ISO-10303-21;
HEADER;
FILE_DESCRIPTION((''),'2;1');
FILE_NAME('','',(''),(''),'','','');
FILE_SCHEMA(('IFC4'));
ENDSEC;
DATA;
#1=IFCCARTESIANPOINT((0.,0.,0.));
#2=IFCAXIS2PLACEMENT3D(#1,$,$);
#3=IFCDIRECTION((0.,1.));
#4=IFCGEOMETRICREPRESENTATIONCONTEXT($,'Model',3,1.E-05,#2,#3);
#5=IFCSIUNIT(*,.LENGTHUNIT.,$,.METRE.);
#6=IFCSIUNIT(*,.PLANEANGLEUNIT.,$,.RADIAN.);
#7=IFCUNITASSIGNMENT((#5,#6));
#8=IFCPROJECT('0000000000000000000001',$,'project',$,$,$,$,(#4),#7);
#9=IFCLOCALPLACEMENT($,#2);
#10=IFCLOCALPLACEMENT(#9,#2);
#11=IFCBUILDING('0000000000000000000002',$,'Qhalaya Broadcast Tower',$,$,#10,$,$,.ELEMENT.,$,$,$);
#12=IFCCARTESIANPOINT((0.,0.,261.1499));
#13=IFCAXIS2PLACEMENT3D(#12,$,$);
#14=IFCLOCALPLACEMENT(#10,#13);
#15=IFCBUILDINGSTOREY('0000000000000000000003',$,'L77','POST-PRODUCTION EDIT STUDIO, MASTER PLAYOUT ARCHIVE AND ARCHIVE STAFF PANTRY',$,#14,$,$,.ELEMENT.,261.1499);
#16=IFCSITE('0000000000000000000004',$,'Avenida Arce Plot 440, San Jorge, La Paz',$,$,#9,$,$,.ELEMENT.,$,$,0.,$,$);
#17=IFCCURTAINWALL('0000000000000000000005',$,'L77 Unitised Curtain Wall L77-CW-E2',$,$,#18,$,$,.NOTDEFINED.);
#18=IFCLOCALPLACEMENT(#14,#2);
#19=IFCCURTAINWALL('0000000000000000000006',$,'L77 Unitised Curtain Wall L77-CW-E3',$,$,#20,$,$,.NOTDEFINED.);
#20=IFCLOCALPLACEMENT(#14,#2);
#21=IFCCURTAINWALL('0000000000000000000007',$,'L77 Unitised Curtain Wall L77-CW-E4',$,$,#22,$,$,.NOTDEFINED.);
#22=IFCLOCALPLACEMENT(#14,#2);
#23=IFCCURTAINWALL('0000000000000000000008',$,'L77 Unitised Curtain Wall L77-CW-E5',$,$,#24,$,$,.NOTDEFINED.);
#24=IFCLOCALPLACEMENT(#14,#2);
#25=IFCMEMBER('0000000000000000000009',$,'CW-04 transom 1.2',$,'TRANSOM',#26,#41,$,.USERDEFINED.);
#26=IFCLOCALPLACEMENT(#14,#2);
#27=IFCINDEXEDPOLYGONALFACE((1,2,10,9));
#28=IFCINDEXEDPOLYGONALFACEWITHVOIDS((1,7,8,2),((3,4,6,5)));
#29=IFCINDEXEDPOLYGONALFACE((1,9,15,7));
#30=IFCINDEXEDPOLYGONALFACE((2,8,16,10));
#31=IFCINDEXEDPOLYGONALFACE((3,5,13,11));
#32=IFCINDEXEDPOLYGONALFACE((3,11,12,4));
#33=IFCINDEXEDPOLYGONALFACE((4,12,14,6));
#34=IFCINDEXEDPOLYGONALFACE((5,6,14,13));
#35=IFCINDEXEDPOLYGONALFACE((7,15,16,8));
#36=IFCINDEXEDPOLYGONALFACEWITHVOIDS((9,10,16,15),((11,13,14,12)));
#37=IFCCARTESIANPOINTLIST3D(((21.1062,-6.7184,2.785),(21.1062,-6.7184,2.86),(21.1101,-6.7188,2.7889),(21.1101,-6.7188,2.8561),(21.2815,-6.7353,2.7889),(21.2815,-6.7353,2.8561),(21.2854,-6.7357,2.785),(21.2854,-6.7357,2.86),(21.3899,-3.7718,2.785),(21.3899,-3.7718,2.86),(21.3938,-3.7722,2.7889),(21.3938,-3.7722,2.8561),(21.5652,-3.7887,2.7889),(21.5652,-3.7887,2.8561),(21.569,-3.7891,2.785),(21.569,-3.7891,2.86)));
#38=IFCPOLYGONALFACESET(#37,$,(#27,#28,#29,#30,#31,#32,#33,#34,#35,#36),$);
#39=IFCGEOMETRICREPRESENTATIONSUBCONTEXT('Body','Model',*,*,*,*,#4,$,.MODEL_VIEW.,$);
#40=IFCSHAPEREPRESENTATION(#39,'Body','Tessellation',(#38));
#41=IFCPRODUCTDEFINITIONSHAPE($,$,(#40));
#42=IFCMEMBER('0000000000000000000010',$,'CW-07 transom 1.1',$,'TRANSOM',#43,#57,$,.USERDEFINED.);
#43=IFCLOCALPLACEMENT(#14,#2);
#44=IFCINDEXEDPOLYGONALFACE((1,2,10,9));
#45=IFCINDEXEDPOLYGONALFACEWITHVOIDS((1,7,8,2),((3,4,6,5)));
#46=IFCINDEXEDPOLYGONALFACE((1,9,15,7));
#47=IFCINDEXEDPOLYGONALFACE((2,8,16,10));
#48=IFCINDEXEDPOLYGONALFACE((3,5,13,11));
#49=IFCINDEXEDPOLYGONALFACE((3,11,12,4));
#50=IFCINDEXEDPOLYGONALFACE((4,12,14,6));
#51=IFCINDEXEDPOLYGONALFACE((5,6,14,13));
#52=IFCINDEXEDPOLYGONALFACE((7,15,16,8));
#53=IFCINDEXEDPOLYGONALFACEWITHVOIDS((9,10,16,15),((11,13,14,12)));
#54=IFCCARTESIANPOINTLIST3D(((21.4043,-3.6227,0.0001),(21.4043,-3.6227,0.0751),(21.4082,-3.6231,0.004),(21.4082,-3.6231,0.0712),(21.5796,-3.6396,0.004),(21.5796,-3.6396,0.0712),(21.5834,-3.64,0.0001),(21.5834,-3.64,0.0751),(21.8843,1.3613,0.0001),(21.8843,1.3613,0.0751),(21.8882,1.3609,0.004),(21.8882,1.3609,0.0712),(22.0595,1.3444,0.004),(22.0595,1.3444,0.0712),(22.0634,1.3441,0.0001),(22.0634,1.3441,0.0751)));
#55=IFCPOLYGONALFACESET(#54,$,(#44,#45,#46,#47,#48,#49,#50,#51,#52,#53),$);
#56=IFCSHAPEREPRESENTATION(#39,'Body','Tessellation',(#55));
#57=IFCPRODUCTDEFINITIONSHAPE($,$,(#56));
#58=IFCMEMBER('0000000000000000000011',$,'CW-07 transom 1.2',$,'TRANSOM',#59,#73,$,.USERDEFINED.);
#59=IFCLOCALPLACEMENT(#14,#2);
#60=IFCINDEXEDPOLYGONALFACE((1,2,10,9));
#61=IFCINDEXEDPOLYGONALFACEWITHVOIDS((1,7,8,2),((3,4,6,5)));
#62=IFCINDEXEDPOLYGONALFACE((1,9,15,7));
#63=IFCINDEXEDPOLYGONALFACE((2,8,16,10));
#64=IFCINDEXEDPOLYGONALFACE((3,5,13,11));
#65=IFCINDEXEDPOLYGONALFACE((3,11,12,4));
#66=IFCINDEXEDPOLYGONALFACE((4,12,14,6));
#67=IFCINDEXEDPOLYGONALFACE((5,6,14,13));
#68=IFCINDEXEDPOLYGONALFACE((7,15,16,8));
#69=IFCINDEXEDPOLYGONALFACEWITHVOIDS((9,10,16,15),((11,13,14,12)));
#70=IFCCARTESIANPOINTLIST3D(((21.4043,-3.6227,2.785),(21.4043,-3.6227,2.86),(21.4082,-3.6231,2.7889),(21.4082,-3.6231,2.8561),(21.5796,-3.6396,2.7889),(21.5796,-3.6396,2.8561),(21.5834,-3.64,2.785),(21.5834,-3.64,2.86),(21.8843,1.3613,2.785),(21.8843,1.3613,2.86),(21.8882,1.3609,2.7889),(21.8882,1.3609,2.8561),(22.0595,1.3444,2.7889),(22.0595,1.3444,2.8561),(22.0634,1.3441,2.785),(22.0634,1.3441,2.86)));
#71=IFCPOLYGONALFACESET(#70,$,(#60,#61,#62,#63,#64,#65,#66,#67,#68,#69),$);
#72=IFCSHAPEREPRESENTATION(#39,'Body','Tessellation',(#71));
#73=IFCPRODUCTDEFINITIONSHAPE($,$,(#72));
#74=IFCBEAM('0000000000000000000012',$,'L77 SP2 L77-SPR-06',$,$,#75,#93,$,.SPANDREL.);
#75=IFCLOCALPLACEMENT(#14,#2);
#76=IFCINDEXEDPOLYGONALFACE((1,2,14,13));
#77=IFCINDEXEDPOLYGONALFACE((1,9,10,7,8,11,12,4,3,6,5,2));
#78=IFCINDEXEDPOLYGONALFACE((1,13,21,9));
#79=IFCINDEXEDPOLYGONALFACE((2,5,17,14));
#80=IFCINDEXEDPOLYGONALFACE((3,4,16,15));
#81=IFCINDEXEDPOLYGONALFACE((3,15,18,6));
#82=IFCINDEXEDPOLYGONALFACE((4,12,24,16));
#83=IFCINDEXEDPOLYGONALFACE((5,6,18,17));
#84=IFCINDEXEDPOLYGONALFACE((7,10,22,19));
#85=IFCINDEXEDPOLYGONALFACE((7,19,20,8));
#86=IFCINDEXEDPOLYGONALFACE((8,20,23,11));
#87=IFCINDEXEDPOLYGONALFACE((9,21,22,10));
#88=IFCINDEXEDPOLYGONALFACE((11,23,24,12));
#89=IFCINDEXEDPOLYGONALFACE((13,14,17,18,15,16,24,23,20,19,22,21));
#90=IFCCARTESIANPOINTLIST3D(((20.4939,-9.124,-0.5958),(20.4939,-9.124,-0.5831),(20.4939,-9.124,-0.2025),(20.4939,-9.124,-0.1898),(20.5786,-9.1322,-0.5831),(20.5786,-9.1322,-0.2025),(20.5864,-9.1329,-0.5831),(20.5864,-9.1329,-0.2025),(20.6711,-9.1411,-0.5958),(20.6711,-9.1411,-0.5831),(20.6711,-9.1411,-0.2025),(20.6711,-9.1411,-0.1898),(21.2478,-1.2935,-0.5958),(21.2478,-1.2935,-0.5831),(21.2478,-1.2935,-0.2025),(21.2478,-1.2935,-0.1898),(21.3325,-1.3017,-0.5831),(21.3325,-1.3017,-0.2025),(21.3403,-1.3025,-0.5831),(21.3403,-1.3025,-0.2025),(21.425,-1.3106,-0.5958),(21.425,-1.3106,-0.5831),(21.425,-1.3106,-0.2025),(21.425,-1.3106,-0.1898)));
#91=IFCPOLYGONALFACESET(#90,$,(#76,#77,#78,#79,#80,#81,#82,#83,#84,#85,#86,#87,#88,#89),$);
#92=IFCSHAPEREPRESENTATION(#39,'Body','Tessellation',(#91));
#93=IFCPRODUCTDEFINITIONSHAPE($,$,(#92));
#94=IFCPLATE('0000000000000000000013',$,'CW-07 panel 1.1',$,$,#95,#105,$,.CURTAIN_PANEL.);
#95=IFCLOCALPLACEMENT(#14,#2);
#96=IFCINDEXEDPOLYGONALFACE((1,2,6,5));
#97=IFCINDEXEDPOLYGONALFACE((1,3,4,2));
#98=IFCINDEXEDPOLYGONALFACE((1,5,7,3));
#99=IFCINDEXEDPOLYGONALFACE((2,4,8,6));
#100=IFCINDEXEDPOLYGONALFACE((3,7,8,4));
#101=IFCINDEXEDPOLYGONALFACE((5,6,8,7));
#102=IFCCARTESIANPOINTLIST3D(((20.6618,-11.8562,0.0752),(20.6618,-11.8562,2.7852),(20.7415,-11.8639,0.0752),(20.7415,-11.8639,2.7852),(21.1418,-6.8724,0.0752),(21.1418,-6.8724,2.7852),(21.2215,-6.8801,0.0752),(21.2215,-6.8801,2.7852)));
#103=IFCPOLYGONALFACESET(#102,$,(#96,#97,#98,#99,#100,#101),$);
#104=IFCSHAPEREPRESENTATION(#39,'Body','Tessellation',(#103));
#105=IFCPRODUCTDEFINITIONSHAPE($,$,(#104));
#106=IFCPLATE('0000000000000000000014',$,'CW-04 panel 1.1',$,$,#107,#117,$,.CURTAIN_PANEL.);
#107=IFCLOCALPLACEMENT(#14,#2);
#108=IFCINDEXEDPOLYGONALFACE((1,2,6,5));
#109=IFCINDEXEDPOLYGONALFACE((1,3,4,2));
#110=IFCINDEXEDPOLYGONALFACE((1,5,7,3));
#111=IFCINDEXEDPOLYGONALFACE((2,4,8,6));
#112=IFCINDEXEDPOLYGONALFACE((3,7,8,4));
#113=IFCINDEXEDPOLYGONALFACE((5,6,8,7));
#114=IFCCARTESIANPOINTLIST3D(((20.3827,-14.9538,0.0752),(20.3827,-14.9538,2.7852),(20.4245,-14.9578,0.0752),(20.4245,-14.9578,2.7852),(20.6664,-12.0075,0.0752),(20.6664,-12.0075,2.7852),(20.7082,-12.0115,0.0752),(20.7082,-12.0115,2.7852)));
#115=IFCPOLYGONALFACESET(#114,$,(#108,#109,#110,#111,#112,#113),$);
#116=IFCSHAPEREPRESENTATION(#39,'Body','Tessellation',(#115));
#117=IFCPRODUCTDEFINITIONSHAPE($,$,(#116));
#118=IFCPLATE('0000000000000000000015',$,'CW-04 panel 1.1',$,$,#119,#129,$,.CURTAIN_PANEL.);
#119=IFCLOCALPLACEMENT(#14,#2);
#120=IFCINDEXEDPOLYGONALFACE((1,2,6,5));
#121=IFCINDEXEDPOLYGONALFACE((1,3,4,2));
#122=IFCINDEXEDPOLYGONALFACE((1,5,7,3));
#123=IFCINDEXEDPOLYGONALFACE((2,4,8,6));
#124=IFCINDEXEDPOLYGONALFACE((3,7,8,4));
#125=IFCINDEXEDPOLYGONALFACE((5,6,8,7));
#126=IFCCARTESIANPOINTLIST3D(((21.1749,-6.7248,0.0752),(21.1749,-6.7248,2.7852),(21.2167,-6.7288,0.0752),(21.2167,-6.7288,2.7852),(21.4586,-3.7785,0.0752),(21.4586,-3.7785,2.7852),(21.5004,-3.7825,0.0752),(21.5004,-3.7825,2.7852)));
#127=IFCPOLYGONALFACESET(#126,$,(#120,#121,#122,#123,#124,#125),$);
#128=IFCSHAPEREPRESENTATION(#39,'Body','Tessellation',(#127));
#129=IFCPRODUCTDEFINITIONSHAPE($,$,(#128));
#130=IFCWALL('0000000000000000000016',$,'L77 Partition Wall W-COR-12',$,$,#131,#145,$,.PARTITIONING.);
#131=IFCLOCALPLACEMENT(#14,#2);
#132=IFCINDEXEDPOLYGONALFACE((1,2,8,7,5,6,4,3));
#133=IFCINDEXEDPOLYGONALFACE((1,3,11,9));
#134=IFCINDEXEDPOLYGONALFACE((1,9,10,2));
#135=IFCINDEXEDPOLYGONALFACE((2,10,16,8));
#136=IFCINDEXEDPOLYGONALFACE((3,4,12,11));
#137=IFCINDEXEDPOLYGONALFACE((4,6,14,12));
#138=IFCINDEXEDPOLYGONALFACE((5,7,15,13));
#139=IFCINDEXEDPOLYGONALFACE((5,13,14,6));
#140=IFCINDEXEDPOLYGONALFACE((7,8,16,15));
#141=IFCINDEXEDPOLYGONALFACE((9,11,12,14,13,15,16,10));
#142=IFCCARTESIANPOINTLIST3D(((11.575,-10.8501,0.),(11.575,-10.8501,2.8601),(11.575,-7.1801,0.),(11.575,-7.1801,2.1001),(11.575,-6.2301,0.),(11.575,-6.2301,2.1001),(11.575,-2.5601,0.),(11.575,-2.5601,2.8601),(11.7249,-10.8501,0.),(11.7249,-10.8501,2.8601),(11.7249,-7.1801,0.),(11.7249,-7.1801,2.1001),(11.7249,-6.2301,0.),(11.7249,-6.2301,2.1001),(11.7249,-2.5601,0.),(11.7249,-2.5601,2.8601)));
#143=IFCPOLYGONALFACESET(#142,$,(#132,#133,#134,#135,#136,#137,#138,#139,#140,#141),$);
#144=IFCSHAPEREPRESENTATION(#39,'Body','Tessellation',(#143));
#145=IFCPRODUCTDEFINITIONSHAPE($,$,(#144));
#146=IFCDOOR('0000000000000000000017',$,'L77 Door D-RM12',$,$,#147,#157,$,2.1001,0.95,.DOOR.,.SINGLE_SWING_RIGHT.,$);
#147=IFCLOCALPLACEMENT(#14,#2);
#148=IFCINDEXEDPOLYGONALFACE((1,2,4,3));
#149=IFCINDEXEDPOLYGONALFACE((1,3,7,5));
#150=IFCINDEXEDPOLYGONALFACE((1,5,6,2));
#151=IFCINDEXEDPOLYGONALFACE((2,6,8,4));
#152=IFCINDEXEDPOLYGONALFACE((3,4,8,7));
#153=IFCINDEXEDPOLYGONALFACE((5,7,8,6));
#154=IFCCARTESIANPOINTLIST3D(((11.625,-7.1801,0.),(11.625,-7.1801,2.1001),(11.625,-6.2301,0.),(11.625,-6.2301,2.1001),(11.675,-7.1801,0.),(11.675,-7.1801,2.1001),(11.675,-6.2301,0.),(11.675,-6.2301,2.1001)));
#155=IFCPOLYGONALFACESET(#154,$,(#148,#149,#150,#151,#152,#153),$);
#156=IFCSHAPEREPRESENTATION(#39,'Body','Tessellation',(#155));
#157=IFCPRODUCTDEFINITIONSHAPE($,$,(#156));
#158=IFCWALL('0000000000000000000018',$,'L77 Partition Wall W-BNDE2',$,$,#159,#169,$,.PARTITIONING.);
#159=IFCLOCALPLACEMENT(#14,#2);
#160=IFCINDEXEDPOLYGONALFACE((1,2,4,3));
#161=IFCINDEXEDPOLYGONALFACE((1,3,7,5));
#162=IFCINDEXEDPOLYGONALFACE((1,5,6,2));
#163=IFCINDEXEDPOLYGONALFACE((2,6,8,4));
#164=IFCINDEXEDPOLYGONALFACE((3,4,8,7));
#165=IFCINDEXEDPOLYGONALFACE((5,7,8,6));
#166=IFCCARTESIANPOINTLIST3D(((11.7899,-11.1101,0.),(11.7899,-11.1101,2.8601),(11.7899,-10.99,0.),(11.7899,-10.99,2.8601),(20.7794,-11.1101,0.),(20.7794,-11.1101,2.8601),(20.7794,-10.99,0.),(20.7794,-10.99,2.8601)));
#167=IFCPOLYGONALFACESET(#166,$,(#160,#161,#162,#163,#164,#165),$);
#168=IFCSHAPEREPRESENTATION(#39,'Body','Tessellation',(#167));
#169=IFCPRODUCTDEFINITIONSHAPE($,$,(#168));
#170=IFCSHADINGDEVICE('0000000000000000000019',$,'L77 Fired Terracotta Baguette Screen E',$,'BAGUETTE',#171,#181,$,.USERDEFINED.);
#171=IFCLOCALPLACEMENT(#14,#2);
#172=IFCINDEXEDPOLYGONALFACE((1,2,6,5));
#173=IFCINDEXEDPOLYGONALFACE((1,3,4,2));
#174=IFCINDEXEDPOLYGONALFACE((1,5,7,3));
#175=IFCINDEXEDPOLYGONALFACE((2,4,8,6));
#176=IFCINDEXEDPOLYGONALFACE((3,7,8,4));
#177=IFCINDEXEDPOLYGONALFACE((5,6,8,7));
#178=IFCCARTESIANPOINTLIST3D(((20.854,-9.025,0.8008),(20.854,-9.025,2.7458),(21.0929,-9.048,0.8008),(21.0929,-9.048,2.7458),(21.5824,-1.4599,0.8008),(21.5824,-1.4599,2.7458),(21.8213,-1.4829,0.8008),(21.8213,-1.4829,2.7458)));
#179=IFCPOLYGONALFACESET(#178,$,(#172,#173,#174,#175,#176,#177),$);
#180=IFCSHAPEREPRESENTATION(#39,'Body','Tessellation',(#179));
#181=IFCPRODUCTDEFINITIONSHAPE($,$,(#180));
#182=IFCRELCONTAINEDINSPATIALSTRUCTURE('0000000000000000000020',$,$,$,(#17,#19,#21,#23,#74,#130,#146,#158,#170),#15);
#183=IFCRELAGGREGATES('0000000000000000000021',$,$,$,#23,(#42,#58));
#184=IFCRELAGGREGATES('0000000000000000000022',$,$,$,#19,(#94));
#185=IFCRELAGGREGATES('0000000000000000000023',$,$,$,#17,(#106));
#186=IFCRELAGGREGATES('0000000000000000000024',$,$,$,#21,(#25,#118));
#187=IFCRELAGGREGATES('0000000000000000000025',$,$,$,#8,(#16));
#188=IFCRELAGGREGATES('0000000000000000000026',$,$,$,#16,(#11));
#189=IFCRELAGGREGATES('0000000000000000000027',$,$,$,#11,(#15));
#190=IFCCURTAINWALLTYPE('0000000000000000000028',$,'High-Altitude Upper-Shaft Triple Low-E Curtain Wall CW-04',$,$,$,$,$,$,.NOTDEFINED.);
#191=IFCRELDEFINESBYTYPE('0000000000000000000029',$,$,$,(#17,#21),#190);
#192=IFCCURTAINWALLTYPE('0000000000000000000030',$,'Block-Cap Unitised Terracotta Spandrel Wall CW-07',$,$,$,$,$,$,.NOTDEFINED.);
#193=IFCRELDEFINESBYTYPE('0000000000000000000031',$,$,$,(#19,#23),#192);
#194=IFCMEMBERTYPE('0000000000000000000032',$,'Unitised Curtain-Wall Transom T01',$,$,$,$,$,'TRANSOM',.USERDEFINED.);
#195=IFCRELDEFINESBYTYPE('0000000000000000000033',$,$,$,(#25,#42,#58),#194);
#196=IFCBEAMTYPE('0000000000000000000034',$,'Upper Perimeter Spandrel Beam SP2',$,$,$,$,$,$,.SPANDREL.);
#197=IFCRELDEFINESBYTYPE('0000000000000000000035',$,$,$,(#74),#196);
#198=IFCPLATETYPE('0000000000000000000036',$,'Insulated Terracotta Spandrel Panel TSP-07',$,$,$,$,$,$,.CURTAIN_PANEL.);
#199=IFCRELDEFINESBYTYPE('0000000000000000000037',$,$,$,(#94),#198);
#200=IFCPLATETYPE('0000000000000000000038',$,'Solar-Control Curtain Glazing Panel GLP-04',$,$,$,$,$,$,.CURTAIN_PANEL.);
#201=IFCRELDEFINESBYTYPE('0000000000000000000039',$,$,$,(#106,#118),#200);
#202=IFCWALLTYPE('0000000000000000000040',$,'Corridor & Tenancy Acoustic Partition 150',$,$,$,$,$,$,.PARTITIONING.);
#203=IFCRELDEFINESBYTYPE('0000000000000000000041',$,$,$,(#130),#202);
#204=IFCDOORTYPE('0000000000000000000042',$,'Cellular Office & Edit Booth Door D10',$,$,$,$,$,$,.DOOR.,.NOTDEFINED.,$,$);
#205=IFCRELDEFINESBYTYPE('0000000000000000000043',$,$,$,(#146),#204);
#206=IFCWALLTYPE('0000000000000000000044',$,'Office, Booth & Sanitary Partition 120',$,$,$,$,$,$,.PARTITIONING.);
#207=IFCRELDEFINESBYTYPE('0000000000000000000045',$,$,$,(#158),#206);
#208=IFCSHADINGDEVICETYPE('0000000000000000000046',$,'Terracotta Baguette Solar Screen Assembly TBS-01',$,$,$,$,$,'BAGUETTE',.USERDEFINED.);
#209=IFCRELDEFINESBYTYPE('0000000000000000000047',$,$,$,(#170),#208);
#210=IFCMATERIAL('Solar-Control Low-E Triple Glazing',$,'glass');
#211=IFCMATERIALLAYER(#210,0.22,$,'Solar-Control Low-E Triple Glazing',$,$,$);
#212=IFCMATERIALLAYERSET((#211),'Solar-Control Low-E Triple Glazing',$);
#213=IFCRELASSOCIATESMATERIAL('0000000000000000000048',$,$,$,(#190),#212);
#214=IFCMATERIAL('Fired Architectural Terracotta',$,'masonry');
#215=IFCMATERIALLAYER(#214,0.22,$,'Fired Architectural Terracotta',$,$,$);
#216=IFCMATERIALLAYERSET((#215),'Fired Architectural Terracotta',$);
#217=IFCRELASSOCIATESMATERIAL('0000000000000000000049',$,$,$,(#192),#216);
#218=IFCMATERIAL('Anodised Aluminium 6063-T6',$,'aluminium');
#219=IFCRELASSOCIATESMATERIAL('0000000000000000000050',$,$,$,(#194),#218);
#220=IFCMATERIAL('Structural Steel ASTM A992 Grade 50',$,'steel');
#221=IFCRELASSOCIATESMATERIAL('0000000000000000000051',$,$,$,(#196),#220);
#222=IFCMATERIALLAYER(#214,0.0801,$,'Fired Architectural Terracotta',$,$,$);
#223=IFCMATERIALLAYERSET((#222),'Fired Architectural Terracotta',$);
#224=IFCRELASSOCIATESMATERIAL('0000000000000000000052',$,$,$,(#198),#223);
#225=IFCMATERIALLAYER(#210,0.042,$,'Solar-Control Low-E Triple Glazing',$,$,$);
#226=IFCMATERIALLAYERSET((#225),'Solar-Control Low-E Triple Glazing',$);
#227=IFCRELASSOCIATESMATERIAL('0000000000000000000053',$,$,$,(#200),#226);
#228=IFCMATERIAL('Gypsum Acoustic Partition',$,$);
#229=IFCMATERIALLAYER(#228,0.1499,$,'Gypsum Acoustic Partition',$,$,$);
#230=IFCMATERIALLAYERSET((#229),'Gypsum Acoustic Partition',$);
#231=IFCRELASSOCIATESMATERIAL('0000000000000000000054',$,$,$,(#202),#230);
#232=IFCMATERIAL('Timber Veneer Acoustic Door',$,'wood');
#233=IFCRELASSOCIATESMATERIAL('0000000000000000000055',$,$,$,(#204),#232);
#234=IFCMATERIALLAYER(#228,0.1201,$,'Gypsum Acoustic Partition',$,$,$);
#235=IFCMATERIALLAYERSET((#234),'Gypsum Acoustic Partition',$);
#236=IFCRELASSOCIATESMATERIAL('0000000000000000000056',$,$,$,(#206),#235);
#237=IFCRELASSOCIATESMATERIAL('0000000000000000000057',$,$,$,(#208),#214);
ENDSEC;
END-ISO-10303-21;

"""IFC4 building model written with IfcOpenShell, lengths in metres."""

from ifc_helpers import new_model, si_unit, direction, frame, frame_2d, origin, origin_2d, place, context, subcontext, project, spatial, rectangle, hollow_rectangle, i_section, extrude, material, layer, layer_set, material_profile, profile_set, type_object, element, fill, aggregate, save


model = new_model("IFC4")

# Units and contexts
model_context = context("Model", 3, precision=1e-05, world=origin(), true_north=direction((0.0, 1.0)))
body_context = subcontext(model_context, "Body", "Model", "MODEL_VIEW")
ifc_project = project(units=[si_unit("LENGTHUNIT", "METRE"), si_unit("PLANEANGLEUNIT", "RADIAN")], contexts=[model_context])

# Site, building, storey
site_placement = place(None, origin())
site = spatial("IfcSite", under=ifc_project, at=site_placement, Name="Avenida Arce Plot 440, San Jorge, La Paz", CompositionType="ELEMENT", RefElevation=0.0)
building_placement = place(site_placement, origin())
building = spatial("IfcBuilding", under=site, at=building_placement, Name="Qhalaya Broadcast Tower", CompositionType="ELEMENT")
storey_placement = place(building_placement, frame((0.0, 0.0, 261.1499)))
storey = spatial("IfcBuildingStorey", under=building, at=storey_placement, Name="L77", Description="POST-PRODUCTION EDIT STUDIO, MASTER PLAYOUT ARCHIVE AND ARCHIVE STAFF PANTRY", CompositionType="ELEMENT", Elevation=261.1499)

# Curtain wall
ifc_material_1 = material(Name="Solar-Control Low-E Triple Glazing", Category="glass")
ifc_layer_1 = layer(ifc_material_1, 0.22, Name="Solar-Control Low-E Triple Glazing")
ifc_layer_set_1 = layer_set([ifc_layer_1], Name="Solar-Control Low-E Triple Glazing")
curtain_wall_type_1 = type_object("IfcCurtainWallType", Name="High-Altitude Upper-Shaft Triple Low-E Curtain Wall CW-04", PredefinedType="NOTDEFINED", material=ifc_layer_set_1)
curtain_wall_1_placement = place(storey_placement, origin())
curtain_wall_1 = element("IfcCurtainWall", 1, at=curtain_wall_1_placement, inside=storey, type_object=curtain_wall_type_1, Name="L77 Unitised Curtain Wall L77-CW-E2", PredefinedType="NOTDEFINED")
ifc_material_2 = material(Name="Anodised Aluminium 6063-T6", Category="aluminium")

# Curtain walls
ifc_material_3 = material(Name="Fired Architectural Terracotta", Category="masonry")
ifc_layer_2 = layer(ifc_material_3, 0.22, Name="Fired Architectural Terracotta")
ifc_layer_set_2 = layer_set([ifc_layer_2], Name="Fired Architectural Terracotta")
curtain_wall_type_2 = type_object("IfcCurtainWallType", Name="Block-Cap Unitised Terracotta Spandrel Wall CW-07", PredefinedType="NOTDEFINED", material=ifc_layer_set_2)
curtain_wall_2_placement = place(storey_placement, origin())
curtain_wall_2 = element("IfcCurtainWall", 2, at=curtain_wall_2_placement, inside=storey, type_object=curtain_wall_type_2, Name="L77 Unitised Curtain Wall L77-CW-E3", PredefinedType="NOTDEFINED")
curtain_wall_3_placement = place(storey_placement, origin())
curtain_wall_3 = element("IfcCurtainWall", 3, at=curtain_wall_3_placement, inside=storey, type_object=curtain_wall_type_1, Name="L77 Unitised Curtain Wall L77-CW-E4", PredefinedType="NOTDEFINED")

# Curtain wall
curtain_wall_4_placement = place(storey_placement, origin())
curtain_wall_4 = element("IfcCurtainWall", 4, at=curtain_wall_4_placement, inside=storey, type_object=curtain_wall_type_2, Name="L77 Unitised Curtain Wall L77-CW-E5", PredefinedType="NOTDEFINED")

# Members
ifc_material_profile_1 = material_profile(ifc_material_2, hollow_rectangle(XDim=0.075, YDim=0.1799, WallThickness=0.0039, at=origin_2d()), Name="ALU-TRN 75x180x4")
ifc_profile_set_1 = profile_set([ifc_material_profile_1], Name="Anodised Aluminium 6063-T6")
member_type_1 = type_object("IfcMemberType", Name="Unitised Curtain-Wall Transom T01", ElementType="TRANSOM", PredefinedType="USERDEFINED", material=ifc_profile_set_1)
member_1_placement = place(storey_placement, frame((21.1958, -6.7271, 2.8225), z_axis=(0.095837, 0.995397, 0.0), x_axis=(0.0, 0.0, 1.0)))
member_1 = element("IfcMember", 5, at=member_1_placement, type_object=member_type_1, Name="CW-04 transom 1.2", ObjectType="TRANSOM", PredefinedType="USERDEFINED", context=body_context, shape_type="SweptSolid", body=[
    extrude(hollow_rectangle(XDim=0.075, YDim=0.1799, WallThickness=0.0039, at=origin_2d()), origin(), (0.0, 0.0, 1.0), 2.9602),
])
member_2_placement = place(storey_placement, frame((21.4939, -3.6313, 0.0376), z_axis=(0.095858, 0.995395, 0.0), x_axis=(0.0, 0.0, 1.0)))
member_2 = element("IfcMember", 6, at=member_2_placement, type_object=member_type_1, Name="CW-07 transom 1.1", ObjectType="TRANSOM", PredefinedType="USERDEFINED", context=body_context, shape_type="SweptSolid", body=[
    extrude(hollow_rectangle(XDim=0.075, YDim=0.1799, WallThickness=0.0039, at=origin_2d()), origin(), (0.0, 0.0, 1.0), 5.0071),
])
member_3_placement = place(storey_placement, frame((21.4939, -3.6313, 2.8225), z_axis=(0.095858, 0.995395, 0.0), x_axis=(0.0, 0.0, 1.0)))
member_3 = element("IfcMember", 7, at=member_3_placement, type_object=member_type_1, Name="CW-07 transom 1.2", ObjectType="TRANSOM", PredefinedType="USERDEFINED", context=body_context, shape_type="SweptSolid", body=[
    extrude(hollow_rectangle(XDim=0.075, YDim=0.1799, WallThickness=0.0039, at=origin_2d()), origin(), (0.0, 0.0, 1.0), 5.0071),
])
aggregate(curtain_wall_4, [member_2, member_3])

# Beam
ifc_material_4 = material(Name="Structural Steel ASTM A992 Grade 50", Category="steel")
ifc_material_profile_2 = material_profile(ifc_material_4, i_section(OverallWidth=0.178, OverallDepth=0.406, WebThickness=0.0078, FlangeThickness=0.0127, at=origin_2d()), Name="W16X40")
ifc_profile_set_2 = profile_set([ifc_material_profile_2], Name="Structural Steel ASTM A992 Grade 50")
beam_type = type_object("IfcBeamType", Name="Upper Perimeter Spandrel Beam SP2", PredefinedType="SPANDREL", material=ifc_profile_set_2)
beam_placement = place(storey_placement, frame((20.5825, -9.1326, -0.3928), z_axis=(0.095834, 0.995397, 0.0), x_axis=(-0.995397, 0.095834, 0.0)))
element("IfcBeam", 8, at=beam_placement, inside=storey, type_object=beam_type, Name="L77 SP2 L77-SPR-06", PredefinedType="SPANDREL", context=body_context, shape_type="SweptSolid", body=[
    extrude(i_section(OverallWidth=0.178, OverallDepth=0.406, WebThickness=0.0078, FlangeThickness=0.0127, at=origin_2d()), origin(), (0.0, 0.0, 1.0), 7.8667),
])

# Plates
ifc_layer_3 = layer(ifc_material_3, 0.0801, Name="Fired Architectural Terracotta")
ifc_layer_set_3 = layer_set([ifc_layer_3], Name="Fired Architectural Terracotta")
plate_type_1 = type_object("IfcPlateType", Name="Insulated Terracotta Spandrel Panel TSP-07", PredefinedType="CURTAIN_PANEL", material=ifc_layer_set_3)
plate_1_placement = place(storey_placement, frame((20.9417, -9.3682, 0.0752), z_axis=(0.0, 0.0, 1.0), x_axis=(0.095851, 0.995396, 0.0)))
plate_1 = element("IfcPlate", 9, at=plate_1_placement, type_object=plate_type_1, Name="CW-07 panel 1.1", PredefinedType="CURTAIN_PANEL", context=body_context, shape_type="SweptSolid", body=[
    extrude(rectangle(XDim=5.0068, YDim=0.0801, at=origin_2d()), origin(), (0.0, 0.0, 1.0), 2.71),
])
aggregate(curtain_wall_2, [plate_1])
ifc_layer_4 = layer(ifc_material_1, 0.042, Name="Solar-Control Low-E Triple Glazing")
ifc_layer_set_4 = layer_set([ifc_layer_4], Name="Solar-Control Low-E Triple Glazing")
plate_type_2 = type_object("IfcPlateType", Name="Solar-Control Curtain Glazing Panel GLP-04", PredefinedType="CURTAIN_PANEL", material=ifc_layer_set_4)
plate_2_placement = place(storey_placement, frame((20.5454, -13.4827, 0.0752), z_axis=(0.0, 0.0, 1.0), x_axis=(0.095851, 0.995396, 0.0)))
plate_2 = element("IfcPlate", 10, at=plate_2_placement, type_object=plate_type_2, Name="CW-04 panel 1.1", PredefinedType="CURTAIN_PANEL", context=body_context, shape_type="SweptSolid", body=[
    extrude(rectangle(XDim=2.96, YDim=0.042, at=origin_2d()), origin(), (0.0, 0.0, 1.0), 2.71),
])
aggregate(curtain_wall_1, [plate_2])
plate_3_placement = place(storey_placement, frame((21.3376, -5.2537, 0.0752), z_axis=(0.0, 0.0, 1.0), x_axis=(0.09582, 0.995399, 0.0)))
plate_3 = element("IfcPlate", 11, at=plate_3_placement, type_object=plate_type_2, Name="CW-04 panel 1.1", PredefinedType="CURTAIN_PANEL", context=body_context, shape_type="SweptSolid", body=[
    extrude(rectangle(XDim=2.96, YDim=0.042, at=origin_2d()), origin(), (0.0, 0.0, 1.0), 2.71),
])
aggregate(curtain_wall_3, [member_1, plate_3])

# Wall, opening, door
ifc_material_5 = material(Name="Gypsum Acoustic Partition")
ifc_layer_5 = layer(ifc_material_5, 0.1499, Name="Gypsum Acoustic Partition")
ifc_layer_set_5 = layer_set([ifc_layer_5], Name="Gypsum Acoustic Partition")
wall_type_1 = type_object("IfcWallType", Name="Corridor & Tenancy Acoustic Partition 150", PredefinedType="PARTITIONING", material=ifc_layer_set_5)
wall_1_placement = place(storey_placement, frame((11.6499, -10.8501, 0.0), z_axis=(0.0, 0.0, 1.0), x_axis=(0.0, 1.0, 0.0)))
wall_1 = element("IfcWall", 12, at=wall_1_placement, inside=storey, type_object=wall_type_1, Name="L77 Partition Wall W-COR-12", PredefinedType="PARTITIONING", context=body_context, shape_type="SweptSolid", body=[
    extrude(rectangle(XDim=8.29, YDim=0.1499, at=frame_2d((4.145, 0.0))), origin(), (0.0, 0.0, 1.0), 2.8601),
])
opening_placement = place(wall_1_placement, frame((3.6699, 0.0, 0.0)))
opening = element("IfcOpeningElement", 13, at=opening_placement, cuts=wall_1, PredefinedType="OPENING", context=body_context, shape_type="SweptSolid", body=[
    extrude(rectangle(XDim=0.95, YDim=2.1001, at=frame_2d((0.4751, 1.05))), frame((0.0, 0.0869, 0.0), z_axis=(0.0, -1.0, 0.0), x_axis=(1.0, 0.0, 0.0)), (0.0, 0.0, 1.0), 0.1738),
])
ifc_material_6 = material(Name="Timber Veneer Acoustic Door", Category="wood")
door_type = type_object("IfcDoorType", Name="Cellular Office & Edit Booth Door D10", OperationType="NOTDEFINED", PredefinedType="DOOR", material=ifc_material_6)
door_placement = place(opening_placement, origin())
door = element("IfcDoor", 14, at=door_placement, inside=storey, type_object=door_type, Name="L77 Door D-RM12", OperationType="SINGLE_SWING_RIGHT", OverallHeight=2.1001, OverallWidth=0.95, PredefinedType="DOOR", context=body_context, shape_type="SweptSolid", body=[
    extrude(rectangle(XDim=0.95, YDim=2.1001, at=frame_2d((0.4751, 1.05))), frame((0.0, 0.0249, 0.0), z_axis=(0.0, -1.0, 0.0), x_axis=(1.0, 0.0, 0.0)), (0.0, 0.0, 1.0), 0.05),
])
fill(opening, door)

# Wall
ifc_layer_6 = layer(ifc_material_5, 0.1201, Name="Gypsum Acoustic Partition")
ifc_layer_set_6 = layer_set([ifc_layer_6], Name="Gypsum Acoustic Partition")
wall_type_2 = type_object("IfcWallType", Name="Office, Booth & Sanitary Partition 120", PredefinedType="PARTITIONING", material=ifc_layer_set_6)
wall_2_placement = place(storey_placement, frame((11.79, -11.05, 0.0), z_axis=(0.0, 0.0, 1.0), x_axis=(1.0, 0.0, 0.0)))
element("IfcWall", 15, at=wall_2_placement, inside=storey, type_object=wall_type_2, Name="L77 Partition Wall W-BNDE2", PredefinedType="PARTITIONING", context=body_context, shape_type="SweptSolid", body=[
    extrude(rectangle(XDim=8.9895, YDim=0.1201, at=frame_2d((4.4946, 0.0))), origin(), (0.0, 0.0, 1.0), 2.8601),
])

# Shading device
shading_device_type = type_object("IfcShadingDeviceType", Name="Terracotta Baguette Solar Screen Assembly TBS-01", ElementType="BAGUETTE", PredefinedType="USERDEFINED", material=ifc_material_3)
shading_device_placement = place(storey_placement, frame((21.3376, -5.2539, 0.8008), z_axis=(0.0, 0.0, 1.0), x_axis=(0.095846, 0.995396, 0.0)))
element("IfcShadingDevice", 16, at=shading_device_placement, inside=storey, type_object=shading_device_type, Name="L77 Fired Terracotta Baguette Screen E", ObjectType="BAGUETTE", PredefinedType="USERDEFINED", context=body_context, shape_type="SweptSolid", body=[
    extrude(rectangle(XDim=7.6001, YDim=0.24, at=origin_2d()), origin(), (0.0, 0.0, 1.0), 1.9451),
])

save(model, "model.ifc")
